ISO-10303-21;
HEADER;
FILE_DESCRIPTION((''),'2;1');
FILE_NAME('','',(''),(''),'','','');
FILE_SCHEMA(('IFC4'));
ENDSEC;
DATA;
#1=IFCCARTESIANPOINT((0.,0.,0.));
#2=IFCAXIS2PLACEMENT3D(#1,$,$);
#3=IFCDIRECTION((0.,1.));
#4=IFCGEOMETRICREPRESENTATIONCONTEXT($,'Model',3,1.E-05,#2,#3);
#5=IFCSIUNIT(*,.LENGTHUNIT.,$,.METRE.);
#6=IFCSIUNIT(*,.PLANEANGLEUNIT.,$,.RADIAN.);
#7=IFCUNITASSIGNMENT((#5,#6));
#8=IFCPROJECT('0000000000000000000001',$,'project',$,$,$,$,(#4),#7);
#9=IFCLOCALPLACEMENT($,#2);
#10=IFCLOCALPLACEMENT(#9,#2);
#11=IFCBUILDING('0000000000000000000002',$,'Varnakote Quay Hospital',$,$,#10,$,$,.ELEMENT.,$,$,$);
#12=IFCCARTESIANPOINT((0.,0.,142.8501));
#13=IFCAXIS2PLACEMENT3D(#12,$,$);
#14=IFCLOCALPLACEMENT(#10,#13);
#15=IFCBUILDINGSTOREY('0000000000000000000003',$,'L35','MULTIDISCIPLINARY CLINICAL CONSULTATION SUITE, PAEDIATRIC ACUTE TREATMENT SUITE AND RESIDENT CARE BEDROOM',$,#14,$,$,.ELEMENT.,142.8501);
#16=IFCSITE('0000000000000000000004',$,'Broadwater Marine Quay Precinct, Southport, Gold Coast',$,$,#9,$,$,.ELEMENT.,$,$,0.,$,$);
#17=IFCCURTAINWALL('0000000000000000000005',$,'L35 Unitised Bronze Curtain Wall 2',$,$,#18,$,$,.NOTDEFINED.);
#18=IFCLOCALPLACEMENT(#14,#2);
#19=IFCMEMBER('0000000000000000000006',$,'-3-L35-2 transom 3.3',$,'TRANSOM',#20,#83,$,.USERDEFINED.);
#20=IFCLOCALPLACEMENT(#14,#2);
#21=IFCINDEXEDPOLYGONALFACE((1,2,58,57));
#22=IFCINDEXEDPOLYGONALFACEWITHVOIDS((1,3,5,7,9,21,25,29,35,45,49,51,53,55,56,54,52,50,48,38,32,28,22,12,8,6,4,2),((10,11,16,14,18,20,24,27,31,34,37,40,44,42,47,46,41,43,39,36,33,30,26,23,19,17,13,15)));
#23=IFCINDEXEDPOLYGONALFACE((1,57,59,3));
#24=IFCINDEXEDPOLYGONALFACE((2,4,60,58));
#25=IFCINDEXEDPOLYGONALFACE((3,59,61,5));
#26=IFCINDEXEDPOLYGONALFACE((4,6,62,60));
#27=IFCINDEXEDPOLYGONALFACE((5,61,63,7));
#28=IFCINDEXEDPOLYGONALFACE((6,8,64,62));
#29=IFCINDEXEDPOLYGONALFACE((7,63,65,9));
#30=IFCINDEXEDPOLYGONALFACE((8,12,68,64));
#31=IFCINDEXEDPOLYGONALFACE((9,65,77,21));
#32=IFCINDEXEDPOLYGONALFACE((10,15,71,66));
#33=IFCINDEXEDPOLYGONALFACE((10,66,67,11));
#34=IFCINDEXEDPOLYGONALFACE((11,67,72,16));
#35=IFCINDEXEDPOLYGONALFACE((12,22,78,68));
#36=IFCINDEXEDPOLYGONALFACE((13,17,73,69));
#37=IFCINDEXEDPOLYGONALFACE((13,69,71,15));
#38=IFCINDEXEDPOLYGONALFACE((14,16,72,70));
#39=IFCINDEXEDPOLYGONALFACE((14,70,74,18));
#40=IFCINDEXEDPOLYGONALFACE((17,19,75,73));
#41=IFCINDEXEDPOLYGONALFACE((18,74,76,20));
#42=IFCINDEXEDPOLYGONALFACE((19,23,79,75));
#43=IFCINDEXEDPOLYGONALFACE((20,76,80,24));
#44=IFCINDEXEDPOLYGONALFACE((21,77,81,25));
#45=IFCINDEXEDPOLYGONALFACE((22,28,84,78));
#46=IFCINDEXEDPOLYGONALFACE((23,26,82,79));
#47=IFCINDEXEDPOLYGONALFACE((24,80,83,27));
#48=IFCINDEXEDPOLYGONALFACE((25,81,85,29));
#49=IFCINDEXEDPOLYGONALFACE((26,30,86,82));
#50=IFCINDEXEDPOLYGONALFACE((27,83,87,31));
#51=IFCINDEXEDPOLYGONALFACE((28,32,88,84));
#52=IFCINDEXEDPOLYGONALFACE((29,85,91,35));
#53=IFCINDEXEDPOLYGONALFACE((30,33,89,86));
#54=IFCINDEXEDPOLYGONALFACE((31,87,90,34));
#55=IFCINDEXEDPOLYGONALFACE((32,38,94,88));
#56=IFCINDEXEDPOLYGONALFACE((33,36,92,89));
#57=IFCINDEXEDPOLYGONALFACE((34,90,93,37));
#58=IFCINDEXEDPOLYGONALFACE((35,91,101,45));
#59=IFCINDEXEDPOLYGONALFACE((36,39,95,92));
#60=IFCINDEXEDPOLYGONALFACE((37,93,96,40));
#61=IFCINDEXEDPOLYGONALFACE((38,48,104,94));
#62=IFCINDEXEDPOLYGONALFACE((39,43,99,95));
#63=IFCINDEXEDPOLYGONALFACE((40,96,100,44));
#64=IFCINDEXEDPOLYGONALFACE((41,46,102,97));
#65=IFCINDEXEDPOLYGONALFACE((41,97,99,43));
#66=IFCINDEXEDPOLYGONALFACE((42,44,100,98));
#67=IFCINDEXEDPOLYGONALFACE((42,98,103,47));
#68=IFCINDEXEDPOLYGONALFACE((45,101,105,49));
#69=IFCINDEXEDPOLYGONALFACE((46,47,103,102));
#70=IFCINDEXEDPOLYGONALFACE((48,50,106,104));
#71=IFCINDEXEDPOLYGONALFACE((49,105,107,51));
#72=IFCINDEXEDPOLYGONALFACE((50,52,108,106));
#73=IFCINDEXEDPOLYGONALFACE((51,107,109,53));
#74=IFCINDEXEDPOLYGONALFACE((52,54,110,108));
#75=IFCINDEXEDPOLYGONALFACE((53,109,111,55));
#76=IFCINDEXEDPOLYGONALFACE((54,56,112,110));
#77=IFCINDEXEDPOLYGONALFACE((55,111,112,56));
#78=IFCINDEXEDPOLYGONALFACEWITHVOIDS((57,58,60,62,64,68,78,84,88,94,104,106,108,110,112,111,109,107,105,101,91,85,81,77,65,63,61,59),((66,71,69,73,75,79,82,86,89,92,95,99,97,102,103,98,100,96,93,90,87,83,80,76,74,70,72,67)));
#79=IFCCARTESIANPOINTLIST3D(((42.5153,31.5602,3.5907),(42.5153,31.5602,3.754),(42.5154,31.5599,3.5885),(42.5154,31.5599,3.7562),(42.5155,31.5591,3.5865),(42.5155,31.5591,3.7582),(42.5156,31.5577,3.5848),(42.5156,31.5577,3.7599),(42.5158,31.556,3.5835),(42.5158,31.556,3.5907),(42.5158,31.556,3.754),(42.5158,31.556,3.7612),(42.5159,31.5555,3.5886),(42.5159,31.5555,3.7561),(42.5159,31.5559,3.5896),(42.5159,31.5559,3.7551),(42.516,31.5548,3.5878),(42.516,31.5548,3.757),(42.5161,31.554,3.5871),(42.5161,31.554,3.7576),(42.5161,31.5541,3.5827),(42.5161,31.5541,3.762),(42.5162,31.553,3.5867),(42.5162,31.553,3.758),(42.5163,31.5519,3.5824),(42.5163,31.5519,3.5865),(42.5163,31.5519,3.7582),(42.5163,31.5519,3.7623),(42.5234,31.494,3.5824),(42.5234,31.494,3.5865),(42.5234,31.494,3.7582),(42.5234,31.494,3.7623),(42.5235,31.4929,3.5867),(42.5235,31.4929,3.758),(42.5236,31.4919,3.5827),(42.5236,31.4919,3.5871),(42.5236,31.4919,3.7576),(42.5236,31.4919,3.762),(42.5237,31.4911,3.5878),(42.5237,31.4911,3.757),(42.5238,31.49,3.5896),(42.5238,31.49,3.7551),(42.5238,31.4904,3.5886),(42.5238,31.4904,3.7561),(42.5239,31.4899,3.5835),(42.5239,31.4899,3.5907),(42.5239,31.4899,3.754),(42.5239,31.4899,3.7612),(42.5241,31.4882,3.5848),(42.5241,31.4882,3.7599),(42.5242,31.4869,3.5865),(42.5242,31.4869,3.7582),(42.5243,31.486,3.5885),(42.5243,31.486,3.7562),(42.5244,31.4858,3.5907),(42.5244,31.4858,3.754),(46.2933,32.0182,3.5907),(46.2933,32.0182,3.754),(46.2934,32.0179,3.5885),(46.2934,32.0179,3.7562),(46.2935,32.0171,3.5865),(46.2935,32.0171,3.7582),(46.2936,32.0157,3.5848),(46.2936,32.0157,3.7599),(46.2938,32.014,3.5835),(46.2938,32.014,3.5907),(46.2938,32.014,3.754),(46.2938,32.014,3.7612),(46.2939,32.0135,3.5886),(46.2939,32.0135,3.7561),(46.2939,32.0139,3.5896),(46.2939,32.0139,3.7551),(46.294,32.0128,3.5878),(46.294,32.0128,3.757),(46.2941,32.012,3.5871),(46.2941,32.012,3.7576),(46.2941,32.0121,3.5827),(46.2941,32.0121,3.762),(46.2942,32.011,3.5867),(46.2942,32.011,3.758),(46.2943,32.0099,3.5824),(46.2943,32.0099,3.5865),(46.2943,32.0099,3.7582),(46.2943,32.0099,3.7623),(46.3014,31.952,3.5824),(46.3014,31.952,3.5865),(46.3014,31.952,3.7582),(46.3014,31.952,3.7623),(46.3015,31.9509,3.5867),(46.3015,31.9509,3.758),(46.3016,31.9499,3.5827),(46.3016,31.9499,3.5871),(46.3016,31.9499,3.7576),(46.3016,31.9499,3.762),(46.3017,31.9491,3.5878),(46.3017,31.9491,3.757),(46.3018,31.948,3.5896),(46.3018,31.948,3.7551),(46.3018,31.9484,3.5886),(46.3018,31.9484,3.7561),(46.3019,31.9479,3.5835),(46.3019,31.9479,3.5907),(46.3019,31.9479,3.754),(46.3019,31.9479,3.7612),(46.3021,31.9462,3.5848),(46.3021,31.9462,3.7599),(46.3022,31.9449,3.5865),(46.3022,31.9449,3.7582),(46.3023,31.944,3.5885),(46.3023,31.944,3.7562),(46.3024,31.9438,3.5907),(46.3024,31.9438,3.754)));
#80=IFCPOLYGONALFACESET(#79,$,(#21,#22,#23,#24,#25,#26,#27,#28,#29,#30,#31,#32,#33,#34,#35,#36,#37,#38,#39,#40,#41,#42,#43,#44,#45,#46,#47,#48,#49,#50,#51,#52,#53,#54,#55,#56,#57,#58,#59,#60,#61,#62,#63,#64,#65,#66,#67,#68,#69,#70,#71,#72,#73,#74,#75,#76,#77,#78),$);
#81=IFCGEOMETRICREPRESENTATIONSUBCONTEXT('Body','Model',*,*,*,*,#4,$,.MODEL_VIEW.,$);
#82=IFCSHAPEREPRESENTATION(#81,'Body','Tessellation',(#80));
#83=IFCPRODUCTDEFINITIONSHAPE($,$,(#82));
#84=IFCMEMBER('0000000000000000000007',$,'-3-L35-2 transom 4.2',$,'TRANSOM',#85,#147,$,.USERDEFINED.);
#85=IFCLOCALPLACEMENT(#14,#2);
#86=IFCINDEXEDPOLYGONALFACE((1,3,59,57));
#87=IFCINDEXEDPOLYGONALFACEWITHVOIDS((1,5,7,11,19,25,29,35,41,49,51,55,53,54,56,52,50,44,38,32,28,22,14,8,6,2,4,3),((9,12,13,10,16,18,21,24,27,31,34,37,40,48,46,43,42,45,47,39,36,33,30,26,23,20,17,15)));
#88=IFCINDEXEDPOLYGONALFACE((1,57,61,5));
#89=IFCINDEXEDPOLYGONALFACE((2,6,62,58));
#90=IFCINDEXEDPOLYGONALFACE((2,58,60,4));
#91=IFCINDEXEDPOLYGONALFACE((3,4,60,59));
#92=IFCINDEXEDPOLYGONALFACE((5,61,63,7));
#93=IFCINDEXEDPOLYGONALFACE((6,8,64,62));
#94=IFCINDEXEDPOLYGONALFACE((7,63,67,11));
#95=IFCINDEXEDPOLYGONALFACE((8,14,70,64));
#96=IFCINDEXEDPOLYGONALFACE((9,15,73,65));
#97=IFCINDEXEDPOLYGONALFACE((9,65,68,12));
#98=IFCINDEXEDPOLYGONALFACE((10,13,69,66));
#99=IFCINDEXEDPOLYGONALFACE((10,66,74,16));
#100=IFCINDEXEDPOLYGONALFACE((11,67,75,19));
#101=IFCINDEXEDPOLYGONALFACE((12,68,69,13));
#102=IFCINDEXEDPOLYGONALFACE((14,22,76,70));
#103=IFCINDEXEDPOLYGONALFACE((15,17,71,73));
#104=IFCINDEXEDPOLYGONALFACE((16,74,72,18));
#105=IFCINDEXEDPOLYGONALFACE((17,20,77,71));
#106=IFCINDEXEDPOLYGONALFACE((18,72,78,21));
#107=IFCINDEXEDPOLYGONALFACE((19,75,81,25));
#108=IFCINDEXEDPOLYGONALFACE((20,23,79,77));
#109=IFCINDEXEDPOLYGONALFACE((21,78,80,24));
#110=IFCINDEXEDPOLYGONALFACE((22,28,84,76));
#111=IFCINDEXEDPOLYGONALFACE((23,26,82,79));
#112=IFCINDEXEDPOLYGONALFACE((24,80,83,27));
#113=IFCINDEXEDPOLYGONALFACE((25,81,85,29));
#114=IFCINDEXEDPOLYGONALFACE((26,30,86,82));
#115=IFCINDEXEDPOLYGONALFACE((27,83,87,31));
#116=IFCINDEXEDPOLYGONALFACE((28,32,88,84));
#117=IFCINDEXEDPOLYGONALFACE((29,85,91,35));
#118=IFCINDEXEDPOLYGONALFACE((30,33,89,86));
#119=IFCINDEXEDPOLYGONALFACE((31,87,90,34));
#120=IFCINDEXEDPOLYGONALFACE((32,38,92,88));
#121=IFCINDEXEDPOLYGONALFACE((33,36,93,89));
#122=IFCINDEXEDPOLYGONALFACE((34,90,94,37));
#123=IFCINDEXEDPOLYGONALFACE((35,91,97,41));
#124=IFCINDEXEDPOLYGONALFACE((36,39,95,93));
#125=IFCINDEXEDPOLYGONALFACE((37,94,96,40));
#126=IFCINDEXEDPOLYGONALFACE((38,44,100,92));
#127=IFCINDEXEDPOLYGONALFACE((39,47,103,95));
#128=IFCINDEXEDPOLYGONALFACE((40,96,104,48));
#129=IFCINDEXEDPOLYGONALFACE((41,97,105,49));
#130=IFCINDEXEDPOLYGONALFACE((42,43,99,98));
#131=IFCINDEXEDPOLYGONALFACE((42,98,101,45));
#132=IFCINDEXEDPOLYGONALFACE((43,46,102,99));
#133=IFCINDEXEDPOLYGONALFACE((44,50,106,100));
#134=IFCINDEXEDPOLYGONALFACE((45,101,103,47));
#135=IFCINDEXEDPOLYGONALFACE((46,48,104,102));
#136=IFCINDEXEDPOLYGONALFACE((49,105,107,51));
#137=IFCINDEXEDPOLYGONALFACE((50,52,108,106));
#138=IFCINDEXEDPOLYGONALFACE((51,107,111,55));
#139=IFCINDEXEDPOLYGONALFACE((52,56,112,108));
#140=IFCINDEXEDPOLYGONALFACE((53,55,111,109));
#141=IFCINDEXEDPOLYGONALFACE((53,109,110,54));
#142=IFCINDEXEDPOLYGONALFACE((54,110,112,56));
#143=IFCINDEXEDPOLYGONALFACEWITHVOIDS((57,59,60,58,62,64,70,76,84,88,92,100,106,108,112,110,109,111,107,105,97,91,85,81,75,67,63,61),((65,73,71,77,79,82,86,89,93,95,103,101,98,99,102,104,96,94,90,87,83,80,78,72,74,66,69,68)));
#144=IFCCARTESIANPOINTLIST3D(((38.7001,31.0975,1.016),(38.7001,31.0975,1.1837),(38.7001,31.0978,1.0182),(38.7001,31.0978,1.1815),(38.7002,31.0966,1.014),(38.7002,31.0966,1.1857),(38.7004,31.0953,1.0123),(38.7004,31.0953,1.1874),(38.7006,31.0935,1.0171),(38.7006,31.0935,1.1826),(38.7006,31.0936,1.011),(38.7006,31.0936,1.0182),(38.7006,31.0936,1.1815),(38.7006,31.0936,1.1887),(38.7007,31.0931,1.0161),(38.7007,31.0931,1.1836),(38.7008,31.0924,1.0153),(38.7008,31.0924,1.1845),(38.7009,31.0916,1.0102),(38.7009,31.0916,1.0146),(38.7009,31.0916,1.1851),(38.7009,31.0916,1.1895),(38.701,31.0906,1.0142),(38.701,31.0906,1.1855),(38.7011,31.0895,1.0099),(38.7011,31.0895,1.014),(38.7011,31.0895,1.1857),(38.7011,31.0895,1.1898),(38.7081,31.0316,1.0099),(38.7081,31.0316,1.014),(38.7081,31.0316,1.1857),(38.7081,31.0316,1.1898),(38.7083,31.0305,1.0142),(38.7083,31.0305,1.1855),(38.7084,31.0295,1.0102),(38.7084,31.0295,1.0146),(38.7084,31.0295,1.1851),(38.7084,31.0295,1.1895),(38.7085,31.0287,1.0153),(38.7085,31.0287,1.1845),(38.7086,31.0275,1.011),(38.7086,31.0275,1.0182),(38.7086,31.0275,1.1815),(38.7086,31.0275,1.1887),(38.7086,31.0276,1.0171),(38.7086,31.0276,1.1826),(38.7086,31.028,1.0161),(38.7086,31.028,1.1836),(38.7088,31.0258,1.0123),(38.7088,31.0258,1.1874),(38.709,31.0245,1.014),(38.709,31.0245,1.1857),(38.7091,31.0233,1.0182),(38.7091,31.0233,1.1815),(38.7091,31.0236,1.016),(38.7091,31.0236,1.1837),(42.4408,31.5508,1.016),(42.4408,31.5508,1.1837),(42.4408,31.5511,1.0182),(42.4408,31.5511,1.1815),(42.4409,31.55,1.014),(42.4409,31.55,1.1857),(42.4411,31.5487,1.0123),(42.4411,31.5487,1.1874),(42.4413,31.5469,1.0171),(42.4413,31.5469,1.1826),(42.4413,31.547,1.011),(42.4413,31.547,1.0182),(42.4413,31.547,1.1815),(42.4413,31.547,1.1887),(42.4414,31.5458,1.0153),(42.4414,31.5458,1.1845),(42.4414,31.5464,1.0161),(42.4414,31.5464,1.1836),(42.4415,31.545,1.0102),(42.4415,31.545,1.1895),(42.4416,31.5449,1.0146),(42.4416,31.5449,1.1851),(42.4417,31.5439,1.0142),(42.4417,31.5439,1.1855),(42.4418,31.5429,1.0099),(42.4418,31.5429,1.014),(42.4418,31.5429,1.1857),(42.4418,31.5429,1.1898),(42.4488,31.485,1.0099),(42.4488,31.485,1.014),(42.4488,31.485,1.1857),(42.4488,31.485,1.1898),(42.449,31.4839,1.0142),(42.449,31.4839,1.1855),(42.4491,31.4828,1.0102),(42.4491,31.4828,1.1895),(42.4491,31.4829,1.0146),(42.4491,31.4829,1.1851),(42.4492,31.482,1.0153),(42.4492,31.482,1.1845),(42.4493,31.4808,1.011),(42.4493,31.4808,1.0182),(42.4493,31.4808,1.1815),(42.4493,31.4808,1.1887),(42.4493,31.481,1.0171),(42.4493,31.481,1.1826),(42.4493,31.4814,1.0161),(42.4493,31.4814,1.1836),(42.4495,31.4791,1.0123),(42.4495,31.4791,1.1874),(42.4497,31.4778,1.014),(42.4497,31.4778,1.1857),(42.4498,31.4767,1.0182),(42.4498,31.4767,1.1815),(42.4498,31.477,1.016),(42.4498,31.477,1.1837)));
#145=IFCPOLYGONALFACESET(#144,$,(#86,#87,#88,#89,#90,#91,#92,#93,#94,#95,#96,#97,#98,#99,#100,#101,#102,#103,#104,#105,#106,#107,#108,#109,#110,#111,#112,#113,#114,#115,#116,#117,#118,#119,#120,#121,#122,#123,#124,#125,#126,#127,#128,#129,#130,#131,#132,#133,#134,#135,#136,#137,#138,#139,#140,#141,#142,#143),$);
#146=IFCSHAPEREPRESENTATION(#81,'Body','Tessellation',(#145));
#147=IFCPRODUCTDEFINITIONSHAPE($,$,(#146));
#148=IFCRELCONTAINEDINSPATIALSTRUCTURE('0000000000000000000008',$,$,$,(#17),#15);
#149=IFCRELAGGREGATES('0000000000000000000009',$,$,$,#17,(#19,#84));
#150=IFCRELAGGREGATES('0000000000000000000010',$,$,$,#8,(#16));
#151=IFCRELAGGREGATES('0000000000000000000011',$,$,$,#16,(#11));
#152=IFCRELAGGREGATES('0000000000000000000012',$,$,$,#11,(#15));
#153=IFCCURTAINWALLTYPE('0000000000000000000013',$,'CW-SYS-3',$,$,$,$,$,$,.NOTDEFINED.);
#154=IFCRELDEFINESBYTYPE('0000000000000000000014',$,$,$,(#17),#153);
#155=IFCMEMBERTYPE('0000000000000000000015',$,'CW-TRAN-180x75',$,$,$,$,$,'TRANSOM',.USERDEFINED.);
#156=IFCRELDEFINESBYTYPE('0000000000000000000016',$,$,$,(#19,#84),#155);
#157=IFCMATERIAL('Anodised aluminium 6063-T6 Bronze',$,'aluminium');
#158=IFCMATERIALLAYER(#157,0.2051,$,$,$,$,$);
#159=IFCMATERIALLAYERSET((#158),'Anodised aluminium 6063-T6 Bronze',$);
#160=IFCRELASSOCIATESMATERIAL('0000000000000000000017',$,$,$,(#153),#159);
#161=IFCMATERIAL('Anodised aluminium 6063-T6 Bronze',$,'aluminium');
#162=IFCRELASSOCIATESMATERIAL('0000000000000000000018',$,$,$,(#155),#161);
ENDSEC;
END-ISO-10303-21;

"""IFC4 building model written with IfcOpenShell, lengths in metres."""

from ifc_helpers import new_model, si_unit, direction, frame, origin, origin_2d, place, context, subcontext, project, spatial, hollow_rectangle, extrude, material, layer, layer_set, material_profile, profile_set, type_object, element, aggregate, save


model = new_model("IFC4")

# Units and contexts
model_context = context("Model", 3, precision=1e-05, world=origin(), true_north=direction((0.0, 1.0)))
body_context = subcontext(model_context, "Body", "Model", "MODEL_VIEW")
ifc_project = project(units=[si_unit("LENGTHUNIT", "METRE"), si_unit("PLANEANGLEUNIT", "RADIAN")], contexts=[model_context])

# Site, building, storey
site_placement = place(None, origin())
site = spatial("IfcSite", under=ifc_project, at=site_placement, Name="Broadwater Marine Quay Precinct, Southport, Gold Coast", CompositionType="ELEMENT", RefElevation=0.0)
building_placement = place(site_placement, origin())
building = spatial("IfcBuilding", under=site, at=building_placement, Name="Varnakote Quay Hospital", CompositionType="ELEMENT")
storey_placement = place(building_placement, frame((0.0, 0.0, 142.8501)))
storey = spatial("IfcBuildingStorey", under=building, at=storey_placement, Name="L35", Description="MULTIDISCIPLINARY CLINICAL CONSULTATION SUITE, PAEDIATRIC ACUTE TREATMENT SUITE AND RESIDENT CARE BEDROOM", CompositionType="ELEMENT", Elevation=142.8501)

# Curtain wall, members
ifc_material_1 = material(Name="Anodised aluminium 6063-T6 Bronze", Category="aluminium")
ifc_layer_1 = layer(ifc_material_1, 0.2051)
ifc_layer_set_1 = layer_set([ifc_layer_1], Name="Anodised aluminium 6063-T6 Bronze")
curtain_wall_type = type_object("IfcCurtainWallType", Name="CW-SYS-3", PredefinedType="NOTDEFINED", material=ifc_layer_set_1)
curtain_wall_placement = place(storey_placement, origin())
curtain_wall = element("IfcCurtainWall", 1, at=curtain_wall_placement, inside=storey, type_object=curtain_wall_type, Name="L35 Unitised Bronze Curtain Wall 2", PredefinedType="NOTDEFINED")
ifc_material_2 = material(Name="Anodised aluminium 6063-T6 Bronze", Category="aluminium")
ifc_material_profile_1 = material_profile(ifc_material_2, hollow_rectangle(XDim=0.075, YDim=0.1799, WallThickness=0.0042, InnerFilletRadius=0.0042, OuterFilletRadius=0.0083, at=origin_2d()), Name="CW-TRAN-180x75")
ifc_profile_set_1 = profile_set([ifc_material_profile_1], Name="Anodised aluminium 6063-T6 Bronze")
member_type_1 = type_object("IfcMemberType", Name="CW-TRAN-180x75", ElementType="TRANSOM", PredefinedType="USERDEFINED", material=ifc_profile_set_1)
member_1_placement = place(storey_placement, frame((46.2979, 31.981, 3.6724), z_axis=(-0.992732, -0.120347, 0.0), x_axis=(0.120347, -0.992732, 0.0)))
member_1 = element("IfcMember", 2, at=member_1_placement, type_object=member_type_1, Name="-3-L35-2 transom 3.3", ObjectType="TRANSOM", PredefinedType="USERDEFINED", context=body_context, shape_type="SweptSolid", body=[
    extrude(hollow_rectangle(XDim=0.075, YDim=0.1799, WallThickness=0.0042, InnerFilletRadius=0.0042, OuterFilletRadius=0.0083, at=origin_2d()), origin(), (0.0, 0.0, 1.0), 3.8057),
])
member_2_placement = place(storey_placement, frame((42.4453, 31.5139, 1.0999), z_axis=(-0.992735, -0.120318, 0.0), x_axis=(0.120318, -0.992735, 0.0)))
member_2 = element("IfcMember", 3, at=member_2_placement, type_object=member_type_1, Name="-3-L35-2 transom 4.2", ObjectType="TRANSOM", PredefinedType="USERDEFINED", context=body_context, shape_type="SweptSolid", body=[
    extrude(hollow_rectangle(XDim=0.075, YDim=0.1799, WallThickness=0.0042, InnerFilletRadius=0.0042, OuterFilletRadius=0.0083, at=origin_2d()), origin(), (0.0, 0.0, 1.0), 3.7681),
])
aggregate(curtain_wall, [member_1, member_2])

save(model, "model.ifc")
